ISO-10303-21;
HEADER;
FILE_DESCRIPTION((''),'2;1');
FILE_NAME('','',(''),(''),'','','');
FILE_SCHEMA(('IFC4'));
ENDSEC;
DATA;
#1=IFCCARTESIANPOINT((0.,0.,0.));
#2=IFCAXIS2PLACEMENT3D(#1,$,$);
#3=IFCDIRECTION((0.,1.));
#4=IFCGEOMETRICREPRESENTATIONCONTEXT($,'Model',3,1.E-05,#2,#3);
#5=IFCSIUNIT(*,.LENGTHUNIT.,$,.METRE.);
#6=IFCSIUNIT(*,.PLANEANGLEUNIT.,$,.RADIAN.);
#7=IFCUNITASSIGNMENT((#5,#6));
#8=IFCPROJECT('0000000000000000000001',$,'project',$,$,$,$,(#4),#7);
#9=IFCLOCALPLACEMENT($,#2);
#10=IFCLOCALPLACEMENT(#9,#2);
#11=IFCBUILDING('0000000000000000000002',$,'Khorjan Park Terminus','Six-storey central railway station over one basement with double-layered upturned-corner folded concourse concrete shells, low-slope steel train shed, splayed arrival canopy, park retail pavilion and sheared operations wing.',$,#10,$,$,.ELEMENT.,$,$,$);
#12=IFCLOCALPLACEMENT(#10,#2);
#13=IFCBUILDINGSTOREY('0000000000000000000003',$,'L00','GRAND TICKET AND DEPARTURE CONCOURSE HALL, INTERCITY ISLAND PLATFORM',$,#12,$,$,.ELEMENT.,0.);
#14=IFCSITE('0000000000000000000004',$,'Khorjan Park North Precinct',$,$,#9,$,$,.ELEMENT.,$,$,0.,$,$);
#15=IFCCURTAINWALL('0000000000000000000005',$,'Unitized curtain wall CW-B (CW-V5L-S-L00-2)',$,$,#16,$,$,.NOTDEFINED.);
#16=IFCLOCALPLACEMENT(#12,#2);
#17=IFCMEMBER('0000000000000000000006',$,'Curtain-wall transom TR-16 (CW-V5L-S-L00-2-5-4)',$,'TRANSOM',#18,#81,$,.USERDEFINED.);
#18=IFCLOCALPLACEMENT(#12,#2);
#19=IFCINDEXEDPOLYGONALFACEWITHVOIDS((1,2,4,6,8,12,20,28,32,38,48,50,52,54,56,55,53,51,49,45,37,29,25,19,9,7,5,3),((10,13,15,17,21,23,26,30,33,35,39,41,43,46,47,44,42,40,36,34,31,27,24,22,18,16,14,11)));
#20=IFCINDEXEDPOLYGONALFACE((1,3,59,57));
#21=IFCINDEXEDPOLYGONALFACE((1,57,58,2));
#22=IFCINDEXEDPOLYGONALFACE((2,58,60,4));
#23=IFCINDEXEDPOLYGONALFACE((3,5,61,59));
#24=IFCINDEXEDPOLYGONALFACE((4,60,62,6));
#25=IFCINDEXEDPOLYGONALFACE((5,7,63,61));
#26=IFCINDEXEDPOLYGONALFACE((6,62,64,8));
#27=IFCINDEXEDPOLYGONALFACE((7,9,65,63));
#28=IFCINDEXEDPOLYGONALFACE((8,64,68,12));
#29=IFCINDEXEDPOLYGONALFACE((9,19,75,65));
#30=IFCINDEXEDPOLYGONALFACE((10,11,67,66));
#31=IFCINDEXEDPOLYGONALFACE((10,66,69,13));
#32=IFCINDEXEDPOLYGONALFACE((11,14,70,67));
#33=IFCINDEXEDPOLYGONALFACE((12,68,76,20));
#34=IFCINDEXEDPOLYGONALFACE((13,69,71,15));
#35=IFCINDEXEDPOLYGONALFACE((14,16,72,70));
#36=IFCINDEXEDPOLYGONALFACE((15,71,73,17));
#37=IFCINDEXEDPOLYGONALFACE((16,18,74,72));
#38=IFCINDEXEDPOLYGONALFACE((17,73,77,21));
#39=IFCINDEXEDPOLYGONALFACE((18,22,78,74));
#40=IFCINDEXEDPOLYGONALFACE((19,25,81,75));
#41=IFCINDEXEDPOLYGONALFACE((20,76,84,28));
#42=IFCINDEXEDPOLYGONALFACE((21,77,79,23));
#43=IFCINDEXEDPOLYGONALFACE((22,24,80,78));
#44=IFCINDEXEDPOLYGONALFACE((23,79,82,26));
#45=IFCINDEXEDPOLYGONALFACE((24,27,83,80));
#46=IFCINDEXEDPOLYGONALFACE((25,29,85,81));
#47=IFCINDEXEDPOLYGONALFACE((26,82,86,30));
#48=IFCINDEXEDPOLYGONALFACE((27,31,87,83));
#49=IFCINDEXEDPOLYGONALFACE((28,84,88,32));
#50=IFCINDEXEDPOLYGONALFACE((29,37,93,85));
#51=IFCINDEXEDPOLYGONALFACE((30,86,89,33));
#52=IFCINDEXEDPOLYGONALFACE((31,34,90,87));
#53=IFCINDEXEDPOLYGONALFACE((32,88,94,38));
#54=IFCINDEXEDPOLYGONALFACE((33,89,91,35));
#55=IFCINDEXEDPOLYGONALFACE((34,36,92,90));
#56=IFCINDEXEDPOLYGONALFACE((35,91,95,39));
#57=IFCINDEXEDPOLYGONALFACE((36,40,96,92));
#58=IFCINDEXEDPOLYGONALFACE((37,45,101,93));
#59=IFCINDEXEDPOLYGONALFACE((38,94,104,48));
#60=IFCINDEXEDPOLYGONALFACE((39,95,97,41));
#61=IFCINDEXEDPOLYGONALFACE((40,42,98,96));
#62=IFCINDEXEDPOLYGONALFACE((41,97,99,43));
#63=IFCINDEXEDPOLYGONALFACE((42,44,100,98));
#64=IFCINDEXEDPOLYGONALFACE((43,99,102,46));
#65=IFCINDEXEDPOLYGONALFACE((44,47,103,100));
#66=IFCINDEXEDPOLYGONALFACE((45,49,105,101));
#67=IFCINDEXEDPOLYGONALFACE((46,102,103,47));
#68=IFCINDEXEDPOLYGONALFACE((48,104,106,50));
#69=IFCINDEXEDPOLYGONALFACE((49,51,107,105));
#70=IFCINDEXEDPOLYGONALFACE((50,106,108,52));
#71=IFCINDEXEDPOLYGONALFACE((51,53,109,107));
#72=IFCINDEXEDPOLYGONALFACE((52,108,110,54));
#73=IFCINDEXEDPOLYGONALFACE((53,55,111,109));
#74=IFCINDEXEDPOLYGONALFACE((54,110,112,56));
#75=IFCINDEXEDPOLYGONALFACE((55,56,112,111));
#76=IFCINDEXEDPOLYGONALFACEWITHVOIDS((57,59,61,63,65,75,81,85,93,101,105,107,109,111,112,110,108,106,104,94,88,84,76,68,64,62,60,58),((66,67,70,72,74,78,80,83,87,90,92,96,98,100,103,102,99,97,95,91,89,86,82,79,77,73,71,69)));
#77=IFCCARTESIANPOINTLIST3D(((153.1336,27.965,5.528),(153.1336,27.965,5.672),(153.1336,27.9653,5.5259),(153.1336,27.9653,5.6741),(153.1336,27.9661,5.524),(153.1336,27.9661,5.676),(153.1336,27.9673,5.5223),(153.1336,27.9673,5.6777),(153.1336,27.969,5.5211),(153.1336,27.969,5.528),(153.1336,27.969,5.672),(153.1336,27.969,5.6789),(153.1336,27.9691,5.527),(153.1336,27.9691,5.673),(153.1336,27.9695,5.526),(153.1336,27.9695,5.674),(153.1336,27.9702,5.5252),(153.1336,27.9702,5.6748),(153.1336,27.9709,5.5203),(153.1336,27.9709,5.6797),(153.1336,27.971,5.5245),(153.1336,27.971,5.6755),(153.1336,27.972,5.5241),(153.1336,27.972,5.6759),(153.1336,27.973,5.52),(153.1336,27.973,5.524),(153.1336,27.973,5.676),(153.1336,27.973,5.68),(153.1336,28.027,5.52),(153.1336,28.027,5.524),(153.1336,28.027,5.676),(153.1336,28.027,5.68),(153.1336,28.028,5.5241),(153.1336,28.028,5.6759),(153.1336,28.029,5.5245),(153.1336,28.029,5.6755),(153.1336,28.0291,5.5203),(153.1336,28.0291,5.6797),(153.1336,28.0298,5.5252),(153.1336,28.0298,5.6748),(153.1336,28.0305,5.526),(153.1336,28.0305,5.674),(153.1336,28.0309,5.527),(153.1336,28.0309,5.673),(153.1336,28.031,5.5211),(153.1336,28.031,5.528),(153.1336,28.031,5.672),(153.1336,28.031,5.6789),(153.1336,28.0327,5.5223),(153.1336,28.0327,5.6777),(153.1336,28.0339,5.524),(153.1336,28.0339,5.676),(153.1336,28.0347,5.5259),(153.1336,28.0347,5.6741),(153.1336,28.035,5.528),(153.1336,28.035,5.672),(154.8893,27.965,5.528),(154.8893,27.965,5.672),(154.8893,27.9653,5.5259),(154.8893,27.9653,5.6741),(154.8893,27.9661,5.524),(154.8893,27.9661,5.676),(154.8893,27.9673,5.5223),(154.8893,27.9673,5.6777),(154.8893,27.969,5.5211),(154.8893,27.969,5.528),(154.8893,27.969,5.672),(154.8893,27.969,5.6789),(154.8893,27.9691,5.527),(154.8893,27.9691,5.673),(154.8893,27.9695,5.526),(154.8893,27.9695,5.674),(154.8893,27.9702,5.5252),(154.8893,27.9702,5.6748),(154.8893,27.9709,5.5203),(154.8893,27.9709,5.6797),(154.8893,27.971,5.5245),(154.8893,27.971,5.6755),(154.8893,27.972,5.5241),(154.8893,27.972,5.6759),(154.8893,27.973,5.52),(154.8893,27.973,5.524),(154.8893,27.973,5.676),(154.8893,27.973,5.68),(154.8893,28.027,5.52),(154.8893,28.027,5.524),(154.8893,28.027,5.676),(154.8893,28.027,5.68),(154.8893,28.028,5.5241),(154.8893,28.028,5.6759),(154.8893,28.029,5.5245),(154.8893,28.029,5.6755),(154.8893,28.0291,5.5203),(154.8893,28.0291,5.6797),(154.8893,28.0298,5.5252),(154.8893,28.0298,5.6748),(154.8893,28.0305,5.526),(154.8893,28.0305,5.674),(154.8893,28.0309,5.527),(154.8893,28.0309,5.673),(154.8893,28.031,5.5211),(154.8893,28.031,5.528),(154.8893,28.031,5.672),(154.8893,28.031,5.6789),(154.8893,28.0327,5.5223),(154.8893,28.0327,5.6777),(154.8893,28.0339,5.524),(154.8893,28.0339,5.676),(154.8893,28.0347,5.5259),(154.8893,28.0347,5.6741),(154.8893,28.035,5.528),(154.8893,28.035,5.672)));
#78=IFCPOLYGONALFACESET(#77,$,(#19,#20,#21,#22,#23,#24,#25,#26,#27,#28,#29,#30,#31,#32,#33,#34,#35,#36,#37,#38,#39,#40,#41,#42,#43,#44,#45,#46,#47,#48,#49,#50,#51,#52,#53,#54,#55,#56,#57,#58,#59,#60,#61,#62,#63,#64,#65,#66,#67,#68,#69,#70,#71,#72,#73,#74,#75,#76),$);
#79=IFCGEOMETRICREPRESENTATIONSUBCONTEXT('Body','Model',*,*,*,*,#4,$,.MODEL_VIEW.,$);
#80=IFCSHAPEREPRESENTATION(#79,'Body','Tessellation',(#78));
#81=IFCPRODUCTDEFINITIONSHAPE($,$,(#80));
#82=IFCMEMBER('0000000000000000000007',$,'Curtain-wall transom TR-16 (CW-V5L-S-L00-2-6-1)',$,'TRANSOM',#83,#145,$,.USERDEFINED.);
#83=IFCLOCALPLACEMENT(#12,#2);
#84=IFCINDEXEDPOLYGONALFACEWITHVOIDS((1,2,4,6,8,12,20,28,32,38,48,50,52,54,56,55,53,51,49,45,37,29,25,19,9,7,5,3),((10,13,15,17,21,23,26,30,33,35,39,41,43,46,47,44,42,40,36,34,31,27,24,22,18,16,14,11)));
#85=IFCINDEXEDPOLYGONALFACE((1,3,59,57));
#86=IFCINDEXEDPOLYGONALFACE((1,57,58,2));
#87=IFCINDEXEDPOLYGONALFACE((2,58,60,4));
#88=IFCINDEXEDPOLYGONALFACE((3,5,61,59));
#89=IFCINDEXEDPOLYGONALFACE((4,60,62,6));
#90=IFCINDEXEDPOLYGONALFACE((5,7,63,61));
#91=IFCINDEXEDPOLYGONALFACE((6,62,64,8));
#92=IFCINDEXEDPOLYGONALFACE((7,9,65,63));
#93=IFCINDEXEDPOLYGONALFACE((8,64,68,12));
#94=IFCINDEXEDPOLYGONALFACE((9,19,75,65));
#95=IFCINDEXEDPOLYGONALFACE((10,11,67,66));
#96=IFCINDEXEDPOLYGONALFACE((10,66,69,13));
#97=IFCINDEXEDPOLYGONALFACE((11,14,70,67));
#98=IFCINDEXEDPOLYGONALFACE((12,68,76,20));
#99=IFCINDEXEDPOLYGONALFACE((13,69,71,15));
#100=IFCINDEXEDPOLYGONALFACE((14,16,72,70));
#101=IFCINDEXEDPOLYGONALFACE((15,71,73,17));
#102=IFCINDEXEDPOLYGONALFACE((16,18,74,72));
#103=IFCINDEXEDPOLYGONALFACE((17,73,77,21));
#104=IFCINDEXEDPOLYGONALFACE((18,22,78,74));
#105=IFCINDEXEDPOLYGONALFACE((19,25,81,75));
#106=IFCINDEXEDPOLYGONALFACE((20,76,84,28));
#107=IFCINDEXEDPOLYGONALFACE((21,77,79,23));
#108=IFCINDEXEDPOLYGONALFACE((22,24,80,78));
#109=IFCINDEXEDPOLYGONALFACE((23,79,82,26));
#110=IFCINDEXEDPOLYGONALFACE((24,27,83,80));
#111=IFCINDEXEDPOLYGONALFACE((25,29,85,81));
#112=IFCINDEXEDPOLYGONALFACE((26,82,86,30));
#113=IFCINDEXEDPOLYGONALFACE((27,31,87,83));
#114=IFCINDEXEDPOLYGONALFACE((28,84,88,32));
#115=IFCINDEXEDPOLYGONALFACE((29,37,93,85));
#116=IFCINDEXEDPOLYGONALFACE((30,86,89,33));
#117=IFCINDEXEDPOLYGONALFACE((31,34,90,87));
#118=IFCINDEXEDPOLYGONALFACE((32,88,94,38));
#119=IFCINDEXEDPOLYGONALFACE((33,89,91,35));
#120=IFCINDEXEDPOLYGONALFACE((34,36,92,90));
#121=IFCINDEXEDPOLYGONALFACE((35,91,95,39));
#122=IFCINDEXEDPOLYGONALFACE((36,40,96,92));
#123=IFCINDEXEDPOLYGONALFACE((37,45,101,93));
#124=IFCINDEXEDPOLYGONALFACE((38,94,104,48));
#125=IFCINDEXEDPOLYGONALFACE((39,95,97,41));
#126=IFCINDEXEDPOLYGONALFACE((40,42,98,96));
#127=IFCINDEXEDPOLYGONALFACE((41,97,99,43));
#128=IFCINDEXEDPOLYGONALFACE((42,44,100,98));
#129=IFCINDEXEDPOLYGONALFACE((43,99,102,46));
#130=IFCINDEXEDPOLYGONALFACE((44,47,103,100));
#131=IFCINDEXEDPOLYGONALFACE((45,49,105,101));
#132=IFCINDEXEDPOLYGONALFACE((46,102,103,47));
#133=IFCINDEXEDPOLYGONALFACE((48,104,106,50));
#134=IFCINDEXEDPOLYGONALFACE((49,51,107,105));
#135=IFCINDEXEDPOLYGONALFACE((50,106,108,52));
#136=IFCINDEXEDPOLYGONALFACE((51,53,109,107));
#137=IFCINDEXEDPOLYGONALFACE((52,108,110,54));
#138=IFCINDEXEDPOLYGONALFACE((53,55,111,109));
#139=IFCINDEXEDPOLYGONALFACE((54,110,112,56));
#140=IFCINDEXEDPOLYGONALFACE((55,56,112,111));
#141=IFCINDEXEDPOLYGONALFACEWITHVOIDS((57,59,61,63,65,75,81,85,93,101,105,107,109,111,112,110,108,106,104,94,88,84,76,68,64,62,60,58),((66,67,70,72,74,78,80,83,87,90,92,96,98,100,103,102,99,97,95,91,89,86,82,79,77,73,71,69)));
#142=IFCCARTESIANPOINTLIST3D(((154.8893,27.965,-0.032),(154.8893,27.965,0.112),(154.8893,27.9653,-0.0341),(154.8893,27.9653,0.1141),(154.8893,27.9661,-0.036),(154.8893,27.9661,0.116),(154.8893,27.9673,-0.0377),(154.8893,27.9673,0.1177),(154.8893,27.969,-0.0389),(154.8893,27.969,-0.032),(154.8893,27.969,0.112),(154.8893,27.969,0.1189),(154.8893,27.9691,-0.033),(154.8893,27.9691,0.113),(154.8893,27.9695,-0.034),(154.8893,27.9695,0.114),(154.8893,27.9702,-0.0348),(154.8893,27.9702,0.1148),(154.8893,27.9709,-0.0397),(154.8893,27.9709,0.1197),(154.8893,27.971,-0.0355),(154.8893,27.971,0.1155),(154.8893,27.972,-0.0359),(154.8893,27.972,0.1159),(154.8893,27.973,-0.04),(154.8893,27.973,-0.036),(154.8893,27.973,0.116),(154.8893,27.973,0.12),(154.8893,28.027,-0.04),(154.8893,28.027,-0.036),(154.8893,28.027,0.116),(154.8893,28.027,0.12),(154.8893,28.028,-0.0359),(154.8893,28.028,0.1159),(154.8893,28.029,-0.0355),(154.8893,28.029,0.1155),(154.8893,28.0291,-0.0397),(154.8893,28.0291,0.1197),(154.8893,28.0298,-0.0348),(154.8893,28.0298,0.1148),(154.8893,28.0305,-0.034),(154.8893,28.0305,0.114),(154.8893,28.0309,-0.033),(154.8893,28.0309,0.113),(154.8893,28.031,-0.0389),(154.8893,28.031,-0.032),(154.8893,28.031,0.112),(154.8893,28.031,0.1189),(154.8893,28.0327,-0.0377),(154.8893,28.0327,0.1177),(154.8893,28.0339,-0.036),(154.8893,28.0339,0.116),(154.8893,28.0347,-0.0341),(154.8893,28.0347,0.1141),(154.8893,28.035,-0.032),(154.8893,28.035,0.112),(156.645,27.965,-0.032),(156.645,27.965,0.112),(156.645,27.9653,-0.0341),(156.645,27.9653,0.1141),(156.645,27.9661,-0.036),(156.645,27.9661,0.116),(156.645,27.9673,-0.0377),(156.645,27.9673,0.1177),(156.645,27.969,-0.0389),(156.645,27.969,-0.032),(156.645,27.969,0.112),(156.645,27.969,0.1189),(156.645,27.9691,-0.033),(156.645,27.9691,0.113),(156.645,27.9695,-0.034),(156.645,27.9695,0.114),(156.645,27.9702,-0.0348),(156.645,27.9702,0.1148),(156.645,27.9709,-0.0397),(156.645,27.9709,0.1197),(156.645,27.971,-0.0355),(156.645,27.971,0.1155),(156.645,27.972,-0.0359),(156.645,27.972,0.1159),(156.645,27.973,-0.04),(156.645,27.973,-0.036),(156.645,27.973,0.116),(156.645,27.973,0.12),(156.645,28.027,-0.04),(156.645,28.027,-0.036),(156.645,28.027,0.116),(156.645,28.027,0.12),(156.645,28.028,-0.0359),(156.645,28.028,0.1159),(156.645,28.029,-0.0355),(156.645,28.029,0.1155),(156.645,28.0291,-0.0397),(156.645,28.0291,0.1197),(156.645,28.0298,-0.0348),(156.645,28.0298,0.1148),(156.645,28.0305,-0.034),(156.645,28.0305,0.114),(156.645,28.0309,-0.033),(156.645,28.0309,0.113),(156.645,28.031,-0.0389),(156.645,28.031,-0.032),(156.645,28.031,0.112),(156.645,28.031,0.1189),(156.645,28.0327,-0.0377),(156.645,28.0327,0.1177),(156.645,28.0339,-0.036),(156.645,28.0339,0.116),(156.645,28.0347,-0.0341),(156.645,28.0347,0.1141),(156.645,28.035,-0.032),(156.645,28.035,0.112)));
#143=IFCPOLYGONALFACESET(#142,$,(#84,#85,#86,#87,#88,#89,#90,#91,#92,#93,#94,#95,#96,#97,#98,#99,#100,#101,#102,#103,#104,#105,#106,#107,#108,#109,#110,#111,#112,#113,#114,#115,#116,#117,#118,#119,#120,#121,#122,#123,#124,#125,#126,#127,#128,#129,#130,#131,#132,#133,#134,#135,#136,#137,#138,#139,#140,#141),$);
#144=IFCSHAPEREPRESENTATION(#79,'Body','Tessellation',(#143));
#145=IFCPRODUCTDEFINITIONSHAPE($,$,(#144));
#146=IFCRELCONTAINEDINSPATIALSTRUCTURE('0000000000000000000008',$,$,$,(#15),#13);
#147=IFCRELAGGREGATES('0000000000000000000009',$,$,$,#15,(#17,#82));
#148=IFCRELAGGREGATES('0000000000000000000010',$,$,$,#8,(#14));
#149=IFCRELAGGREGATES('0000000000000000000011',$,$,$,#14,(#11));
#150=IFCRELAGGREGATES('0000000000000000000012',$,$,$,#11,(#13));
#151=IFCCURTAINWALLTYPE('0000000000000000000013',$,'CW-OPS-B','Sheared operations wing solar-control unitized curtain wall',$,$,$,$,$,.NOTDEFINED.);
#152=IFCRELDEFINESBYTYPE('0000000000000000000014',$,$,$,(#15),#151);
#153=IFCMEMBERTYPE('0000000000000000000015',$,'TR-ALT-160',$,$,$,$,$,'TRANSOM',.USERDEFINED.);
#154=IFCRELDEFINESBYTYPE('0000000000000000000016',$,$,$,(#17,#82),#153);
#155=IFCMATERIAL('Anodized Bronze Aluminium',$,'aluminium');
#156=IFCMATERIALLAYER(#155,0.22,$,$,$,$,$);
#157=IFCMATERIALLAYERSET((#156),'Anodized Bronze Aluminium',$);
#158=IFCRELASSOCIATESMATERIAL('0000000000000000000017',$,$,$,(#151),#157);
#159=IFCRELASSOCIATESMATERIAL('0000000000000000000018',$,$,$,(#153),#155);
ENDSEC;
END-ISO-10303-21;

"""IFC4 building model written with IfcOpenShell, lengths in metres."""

from ifc_helpers import new_model, si_unit, direction, frame, origin, origin_2d, place, context, subcontext, project, spatial, hollow_rectangle, extrude, material, layer, layer_set, material_profile, profile_set, type_object, element, aggregate, save


model = new_model("IFC4")

# Units and contexts
model_context = context("Model", 3, precision=1e-05, world=origin(), true_north=direction((0.0, 1.0)))
body_context = subcontext(model_context, "Body", "Model", "MODEL_VIEW")
ifc_project = project(units=[si_unit("LENGTHUNIT", "METRE"), si_unit("PLANEANGLEUNIT", "RADIAN")], contexts=[model_context])

# Site, building, storey
site_placement = place(None, origin())
site = spatial("IfcSite", under=ifc_project, at=site_placement, Name="Khorjan Park North Precinct", CompositionType="ELEMENT", RefElevation=0.0)
building_placement = place(site_placement, origin())
building = spatial("IfcBuilding", under=site, at=building_placement, Name="Khorjan Park Terminus", Description="Six-storey central railway station over one basement with double-layered upturned-corner folded concourse concrete shells, low-slope steel train shed, splayed arrival canopy, park retail pavilion and sheared operations wing.", CompositionType="ELEMENT")
storey_placement = place(building_placement, origin())
storey = spatial("IfcBuildingStorey", under=building, at=storey_placement, Name="L00", Description="GRAND TICKET AND DEPARTURE CONCOURSE HALL, INTERCITY ISLAND PLATFORM", CompositionType="ELEMENT", Elevation=0.0)

# Curtain wall, members
ifc_material_1 = material(Name="Anodized Bronze Aluminium", Category="aluminium")
ifc_layer_1 = layer(ifc_material_1, 0.22)
ifc_layer_set_1 = layer_set([ifc_layer_1], Name="Anodized Bronze Aluminium")
curtain_wall_type = type_object("IfcCurtainWallType", Name="CW-OPS-B", Description="Sheared operations wing solar-control unitized curtain wall", PredefinedType="NOTDEFINED", material=ifc_layer_set_1)
curtain_wall_placement = place(storey_placement, origin())
curtain_wall = element("IfcCurtainWall", 1, at=curtain_wall_placement, inside=storey, type_object=curtain_wall_type, Name="Unitized curtain wall CW-B (CW-V5L-S-L00-2)", PredefinedType="NOTDEFINED")
ifc_material_profile_1 = material_profile(ifc_material_1, hollow_rectangle(XDim=0.07, YDim=0.16, WallThickness=0.004, InnerFilletRadius=0.004, OuterFilletRadius=0.008, at=origin_2d()), Name="ALT 70x160x4")
ifc_profile_set_1 = profile_set([ifc_material_profile_1], Name="Anodized Bronze Aluminium")
member_type_1 = type_object("IfcMemberType", Name="TR-ALT-160", ElementType="TRANSOM", PredefinedType="USERDEFINED", material=ifc_profile_set_1)
member_1_placement = place(storey_placement, frame((153.1336, 28.0, 5.6), z_axis=(1.0, 0.0, 0.0), x_axis=(0.0, 1.0, 0.0)))
member_1 = element("IfcMember", 2, at=member_1_placement, type_object=member_type_1, Name="Curtain-wall transom TR-16 (CW-V5L-S-L00-2-5-4)", ObjectType="TRANSOM", PredefinedType="USERDEFINED", context=body_context, shape_type="SweptSolid", body=[
    extrude(hollow_rectangle(XDim=0.07, YDim=0.16, WallThickness=0.004, InnerFilletRadius=0.004, OuterFilletRadius=0.008, at=origin_2d()), origin(), (0.0, 0.0, 1.0), 1.7557),
])
member_2_placement = place(storey_placement, frame((154.8893, 28.0, 0.04), z_axis=(1.0, 0.0, 0.0), x_axis=(0.0, 1.0, 0.0)))
member_2 = element("IfcMember", 3, at=member_2_placement, type_object=member_type_1, Name="Curtain-wall transom TR-16 (CW-V5L-S-L00-2-6-1)", ObjectType="TRANSOM", PredefinedType="USERDEFINED", context=body_context, shape_type="SweptSolid", body=[
    extrude(hollow_rectangle(XDim=0.07, YDim=0.16, WallThickness=0.004, InnerFilletRadius=0.004, OuterFilletRadius=0.008, at=origin_2d()), origin(), (0.0, 0.0, 1.0), 1.7557),
])
aggregate(curtain_wall, [member_1, member_2])

save(model, "model.ifc")
